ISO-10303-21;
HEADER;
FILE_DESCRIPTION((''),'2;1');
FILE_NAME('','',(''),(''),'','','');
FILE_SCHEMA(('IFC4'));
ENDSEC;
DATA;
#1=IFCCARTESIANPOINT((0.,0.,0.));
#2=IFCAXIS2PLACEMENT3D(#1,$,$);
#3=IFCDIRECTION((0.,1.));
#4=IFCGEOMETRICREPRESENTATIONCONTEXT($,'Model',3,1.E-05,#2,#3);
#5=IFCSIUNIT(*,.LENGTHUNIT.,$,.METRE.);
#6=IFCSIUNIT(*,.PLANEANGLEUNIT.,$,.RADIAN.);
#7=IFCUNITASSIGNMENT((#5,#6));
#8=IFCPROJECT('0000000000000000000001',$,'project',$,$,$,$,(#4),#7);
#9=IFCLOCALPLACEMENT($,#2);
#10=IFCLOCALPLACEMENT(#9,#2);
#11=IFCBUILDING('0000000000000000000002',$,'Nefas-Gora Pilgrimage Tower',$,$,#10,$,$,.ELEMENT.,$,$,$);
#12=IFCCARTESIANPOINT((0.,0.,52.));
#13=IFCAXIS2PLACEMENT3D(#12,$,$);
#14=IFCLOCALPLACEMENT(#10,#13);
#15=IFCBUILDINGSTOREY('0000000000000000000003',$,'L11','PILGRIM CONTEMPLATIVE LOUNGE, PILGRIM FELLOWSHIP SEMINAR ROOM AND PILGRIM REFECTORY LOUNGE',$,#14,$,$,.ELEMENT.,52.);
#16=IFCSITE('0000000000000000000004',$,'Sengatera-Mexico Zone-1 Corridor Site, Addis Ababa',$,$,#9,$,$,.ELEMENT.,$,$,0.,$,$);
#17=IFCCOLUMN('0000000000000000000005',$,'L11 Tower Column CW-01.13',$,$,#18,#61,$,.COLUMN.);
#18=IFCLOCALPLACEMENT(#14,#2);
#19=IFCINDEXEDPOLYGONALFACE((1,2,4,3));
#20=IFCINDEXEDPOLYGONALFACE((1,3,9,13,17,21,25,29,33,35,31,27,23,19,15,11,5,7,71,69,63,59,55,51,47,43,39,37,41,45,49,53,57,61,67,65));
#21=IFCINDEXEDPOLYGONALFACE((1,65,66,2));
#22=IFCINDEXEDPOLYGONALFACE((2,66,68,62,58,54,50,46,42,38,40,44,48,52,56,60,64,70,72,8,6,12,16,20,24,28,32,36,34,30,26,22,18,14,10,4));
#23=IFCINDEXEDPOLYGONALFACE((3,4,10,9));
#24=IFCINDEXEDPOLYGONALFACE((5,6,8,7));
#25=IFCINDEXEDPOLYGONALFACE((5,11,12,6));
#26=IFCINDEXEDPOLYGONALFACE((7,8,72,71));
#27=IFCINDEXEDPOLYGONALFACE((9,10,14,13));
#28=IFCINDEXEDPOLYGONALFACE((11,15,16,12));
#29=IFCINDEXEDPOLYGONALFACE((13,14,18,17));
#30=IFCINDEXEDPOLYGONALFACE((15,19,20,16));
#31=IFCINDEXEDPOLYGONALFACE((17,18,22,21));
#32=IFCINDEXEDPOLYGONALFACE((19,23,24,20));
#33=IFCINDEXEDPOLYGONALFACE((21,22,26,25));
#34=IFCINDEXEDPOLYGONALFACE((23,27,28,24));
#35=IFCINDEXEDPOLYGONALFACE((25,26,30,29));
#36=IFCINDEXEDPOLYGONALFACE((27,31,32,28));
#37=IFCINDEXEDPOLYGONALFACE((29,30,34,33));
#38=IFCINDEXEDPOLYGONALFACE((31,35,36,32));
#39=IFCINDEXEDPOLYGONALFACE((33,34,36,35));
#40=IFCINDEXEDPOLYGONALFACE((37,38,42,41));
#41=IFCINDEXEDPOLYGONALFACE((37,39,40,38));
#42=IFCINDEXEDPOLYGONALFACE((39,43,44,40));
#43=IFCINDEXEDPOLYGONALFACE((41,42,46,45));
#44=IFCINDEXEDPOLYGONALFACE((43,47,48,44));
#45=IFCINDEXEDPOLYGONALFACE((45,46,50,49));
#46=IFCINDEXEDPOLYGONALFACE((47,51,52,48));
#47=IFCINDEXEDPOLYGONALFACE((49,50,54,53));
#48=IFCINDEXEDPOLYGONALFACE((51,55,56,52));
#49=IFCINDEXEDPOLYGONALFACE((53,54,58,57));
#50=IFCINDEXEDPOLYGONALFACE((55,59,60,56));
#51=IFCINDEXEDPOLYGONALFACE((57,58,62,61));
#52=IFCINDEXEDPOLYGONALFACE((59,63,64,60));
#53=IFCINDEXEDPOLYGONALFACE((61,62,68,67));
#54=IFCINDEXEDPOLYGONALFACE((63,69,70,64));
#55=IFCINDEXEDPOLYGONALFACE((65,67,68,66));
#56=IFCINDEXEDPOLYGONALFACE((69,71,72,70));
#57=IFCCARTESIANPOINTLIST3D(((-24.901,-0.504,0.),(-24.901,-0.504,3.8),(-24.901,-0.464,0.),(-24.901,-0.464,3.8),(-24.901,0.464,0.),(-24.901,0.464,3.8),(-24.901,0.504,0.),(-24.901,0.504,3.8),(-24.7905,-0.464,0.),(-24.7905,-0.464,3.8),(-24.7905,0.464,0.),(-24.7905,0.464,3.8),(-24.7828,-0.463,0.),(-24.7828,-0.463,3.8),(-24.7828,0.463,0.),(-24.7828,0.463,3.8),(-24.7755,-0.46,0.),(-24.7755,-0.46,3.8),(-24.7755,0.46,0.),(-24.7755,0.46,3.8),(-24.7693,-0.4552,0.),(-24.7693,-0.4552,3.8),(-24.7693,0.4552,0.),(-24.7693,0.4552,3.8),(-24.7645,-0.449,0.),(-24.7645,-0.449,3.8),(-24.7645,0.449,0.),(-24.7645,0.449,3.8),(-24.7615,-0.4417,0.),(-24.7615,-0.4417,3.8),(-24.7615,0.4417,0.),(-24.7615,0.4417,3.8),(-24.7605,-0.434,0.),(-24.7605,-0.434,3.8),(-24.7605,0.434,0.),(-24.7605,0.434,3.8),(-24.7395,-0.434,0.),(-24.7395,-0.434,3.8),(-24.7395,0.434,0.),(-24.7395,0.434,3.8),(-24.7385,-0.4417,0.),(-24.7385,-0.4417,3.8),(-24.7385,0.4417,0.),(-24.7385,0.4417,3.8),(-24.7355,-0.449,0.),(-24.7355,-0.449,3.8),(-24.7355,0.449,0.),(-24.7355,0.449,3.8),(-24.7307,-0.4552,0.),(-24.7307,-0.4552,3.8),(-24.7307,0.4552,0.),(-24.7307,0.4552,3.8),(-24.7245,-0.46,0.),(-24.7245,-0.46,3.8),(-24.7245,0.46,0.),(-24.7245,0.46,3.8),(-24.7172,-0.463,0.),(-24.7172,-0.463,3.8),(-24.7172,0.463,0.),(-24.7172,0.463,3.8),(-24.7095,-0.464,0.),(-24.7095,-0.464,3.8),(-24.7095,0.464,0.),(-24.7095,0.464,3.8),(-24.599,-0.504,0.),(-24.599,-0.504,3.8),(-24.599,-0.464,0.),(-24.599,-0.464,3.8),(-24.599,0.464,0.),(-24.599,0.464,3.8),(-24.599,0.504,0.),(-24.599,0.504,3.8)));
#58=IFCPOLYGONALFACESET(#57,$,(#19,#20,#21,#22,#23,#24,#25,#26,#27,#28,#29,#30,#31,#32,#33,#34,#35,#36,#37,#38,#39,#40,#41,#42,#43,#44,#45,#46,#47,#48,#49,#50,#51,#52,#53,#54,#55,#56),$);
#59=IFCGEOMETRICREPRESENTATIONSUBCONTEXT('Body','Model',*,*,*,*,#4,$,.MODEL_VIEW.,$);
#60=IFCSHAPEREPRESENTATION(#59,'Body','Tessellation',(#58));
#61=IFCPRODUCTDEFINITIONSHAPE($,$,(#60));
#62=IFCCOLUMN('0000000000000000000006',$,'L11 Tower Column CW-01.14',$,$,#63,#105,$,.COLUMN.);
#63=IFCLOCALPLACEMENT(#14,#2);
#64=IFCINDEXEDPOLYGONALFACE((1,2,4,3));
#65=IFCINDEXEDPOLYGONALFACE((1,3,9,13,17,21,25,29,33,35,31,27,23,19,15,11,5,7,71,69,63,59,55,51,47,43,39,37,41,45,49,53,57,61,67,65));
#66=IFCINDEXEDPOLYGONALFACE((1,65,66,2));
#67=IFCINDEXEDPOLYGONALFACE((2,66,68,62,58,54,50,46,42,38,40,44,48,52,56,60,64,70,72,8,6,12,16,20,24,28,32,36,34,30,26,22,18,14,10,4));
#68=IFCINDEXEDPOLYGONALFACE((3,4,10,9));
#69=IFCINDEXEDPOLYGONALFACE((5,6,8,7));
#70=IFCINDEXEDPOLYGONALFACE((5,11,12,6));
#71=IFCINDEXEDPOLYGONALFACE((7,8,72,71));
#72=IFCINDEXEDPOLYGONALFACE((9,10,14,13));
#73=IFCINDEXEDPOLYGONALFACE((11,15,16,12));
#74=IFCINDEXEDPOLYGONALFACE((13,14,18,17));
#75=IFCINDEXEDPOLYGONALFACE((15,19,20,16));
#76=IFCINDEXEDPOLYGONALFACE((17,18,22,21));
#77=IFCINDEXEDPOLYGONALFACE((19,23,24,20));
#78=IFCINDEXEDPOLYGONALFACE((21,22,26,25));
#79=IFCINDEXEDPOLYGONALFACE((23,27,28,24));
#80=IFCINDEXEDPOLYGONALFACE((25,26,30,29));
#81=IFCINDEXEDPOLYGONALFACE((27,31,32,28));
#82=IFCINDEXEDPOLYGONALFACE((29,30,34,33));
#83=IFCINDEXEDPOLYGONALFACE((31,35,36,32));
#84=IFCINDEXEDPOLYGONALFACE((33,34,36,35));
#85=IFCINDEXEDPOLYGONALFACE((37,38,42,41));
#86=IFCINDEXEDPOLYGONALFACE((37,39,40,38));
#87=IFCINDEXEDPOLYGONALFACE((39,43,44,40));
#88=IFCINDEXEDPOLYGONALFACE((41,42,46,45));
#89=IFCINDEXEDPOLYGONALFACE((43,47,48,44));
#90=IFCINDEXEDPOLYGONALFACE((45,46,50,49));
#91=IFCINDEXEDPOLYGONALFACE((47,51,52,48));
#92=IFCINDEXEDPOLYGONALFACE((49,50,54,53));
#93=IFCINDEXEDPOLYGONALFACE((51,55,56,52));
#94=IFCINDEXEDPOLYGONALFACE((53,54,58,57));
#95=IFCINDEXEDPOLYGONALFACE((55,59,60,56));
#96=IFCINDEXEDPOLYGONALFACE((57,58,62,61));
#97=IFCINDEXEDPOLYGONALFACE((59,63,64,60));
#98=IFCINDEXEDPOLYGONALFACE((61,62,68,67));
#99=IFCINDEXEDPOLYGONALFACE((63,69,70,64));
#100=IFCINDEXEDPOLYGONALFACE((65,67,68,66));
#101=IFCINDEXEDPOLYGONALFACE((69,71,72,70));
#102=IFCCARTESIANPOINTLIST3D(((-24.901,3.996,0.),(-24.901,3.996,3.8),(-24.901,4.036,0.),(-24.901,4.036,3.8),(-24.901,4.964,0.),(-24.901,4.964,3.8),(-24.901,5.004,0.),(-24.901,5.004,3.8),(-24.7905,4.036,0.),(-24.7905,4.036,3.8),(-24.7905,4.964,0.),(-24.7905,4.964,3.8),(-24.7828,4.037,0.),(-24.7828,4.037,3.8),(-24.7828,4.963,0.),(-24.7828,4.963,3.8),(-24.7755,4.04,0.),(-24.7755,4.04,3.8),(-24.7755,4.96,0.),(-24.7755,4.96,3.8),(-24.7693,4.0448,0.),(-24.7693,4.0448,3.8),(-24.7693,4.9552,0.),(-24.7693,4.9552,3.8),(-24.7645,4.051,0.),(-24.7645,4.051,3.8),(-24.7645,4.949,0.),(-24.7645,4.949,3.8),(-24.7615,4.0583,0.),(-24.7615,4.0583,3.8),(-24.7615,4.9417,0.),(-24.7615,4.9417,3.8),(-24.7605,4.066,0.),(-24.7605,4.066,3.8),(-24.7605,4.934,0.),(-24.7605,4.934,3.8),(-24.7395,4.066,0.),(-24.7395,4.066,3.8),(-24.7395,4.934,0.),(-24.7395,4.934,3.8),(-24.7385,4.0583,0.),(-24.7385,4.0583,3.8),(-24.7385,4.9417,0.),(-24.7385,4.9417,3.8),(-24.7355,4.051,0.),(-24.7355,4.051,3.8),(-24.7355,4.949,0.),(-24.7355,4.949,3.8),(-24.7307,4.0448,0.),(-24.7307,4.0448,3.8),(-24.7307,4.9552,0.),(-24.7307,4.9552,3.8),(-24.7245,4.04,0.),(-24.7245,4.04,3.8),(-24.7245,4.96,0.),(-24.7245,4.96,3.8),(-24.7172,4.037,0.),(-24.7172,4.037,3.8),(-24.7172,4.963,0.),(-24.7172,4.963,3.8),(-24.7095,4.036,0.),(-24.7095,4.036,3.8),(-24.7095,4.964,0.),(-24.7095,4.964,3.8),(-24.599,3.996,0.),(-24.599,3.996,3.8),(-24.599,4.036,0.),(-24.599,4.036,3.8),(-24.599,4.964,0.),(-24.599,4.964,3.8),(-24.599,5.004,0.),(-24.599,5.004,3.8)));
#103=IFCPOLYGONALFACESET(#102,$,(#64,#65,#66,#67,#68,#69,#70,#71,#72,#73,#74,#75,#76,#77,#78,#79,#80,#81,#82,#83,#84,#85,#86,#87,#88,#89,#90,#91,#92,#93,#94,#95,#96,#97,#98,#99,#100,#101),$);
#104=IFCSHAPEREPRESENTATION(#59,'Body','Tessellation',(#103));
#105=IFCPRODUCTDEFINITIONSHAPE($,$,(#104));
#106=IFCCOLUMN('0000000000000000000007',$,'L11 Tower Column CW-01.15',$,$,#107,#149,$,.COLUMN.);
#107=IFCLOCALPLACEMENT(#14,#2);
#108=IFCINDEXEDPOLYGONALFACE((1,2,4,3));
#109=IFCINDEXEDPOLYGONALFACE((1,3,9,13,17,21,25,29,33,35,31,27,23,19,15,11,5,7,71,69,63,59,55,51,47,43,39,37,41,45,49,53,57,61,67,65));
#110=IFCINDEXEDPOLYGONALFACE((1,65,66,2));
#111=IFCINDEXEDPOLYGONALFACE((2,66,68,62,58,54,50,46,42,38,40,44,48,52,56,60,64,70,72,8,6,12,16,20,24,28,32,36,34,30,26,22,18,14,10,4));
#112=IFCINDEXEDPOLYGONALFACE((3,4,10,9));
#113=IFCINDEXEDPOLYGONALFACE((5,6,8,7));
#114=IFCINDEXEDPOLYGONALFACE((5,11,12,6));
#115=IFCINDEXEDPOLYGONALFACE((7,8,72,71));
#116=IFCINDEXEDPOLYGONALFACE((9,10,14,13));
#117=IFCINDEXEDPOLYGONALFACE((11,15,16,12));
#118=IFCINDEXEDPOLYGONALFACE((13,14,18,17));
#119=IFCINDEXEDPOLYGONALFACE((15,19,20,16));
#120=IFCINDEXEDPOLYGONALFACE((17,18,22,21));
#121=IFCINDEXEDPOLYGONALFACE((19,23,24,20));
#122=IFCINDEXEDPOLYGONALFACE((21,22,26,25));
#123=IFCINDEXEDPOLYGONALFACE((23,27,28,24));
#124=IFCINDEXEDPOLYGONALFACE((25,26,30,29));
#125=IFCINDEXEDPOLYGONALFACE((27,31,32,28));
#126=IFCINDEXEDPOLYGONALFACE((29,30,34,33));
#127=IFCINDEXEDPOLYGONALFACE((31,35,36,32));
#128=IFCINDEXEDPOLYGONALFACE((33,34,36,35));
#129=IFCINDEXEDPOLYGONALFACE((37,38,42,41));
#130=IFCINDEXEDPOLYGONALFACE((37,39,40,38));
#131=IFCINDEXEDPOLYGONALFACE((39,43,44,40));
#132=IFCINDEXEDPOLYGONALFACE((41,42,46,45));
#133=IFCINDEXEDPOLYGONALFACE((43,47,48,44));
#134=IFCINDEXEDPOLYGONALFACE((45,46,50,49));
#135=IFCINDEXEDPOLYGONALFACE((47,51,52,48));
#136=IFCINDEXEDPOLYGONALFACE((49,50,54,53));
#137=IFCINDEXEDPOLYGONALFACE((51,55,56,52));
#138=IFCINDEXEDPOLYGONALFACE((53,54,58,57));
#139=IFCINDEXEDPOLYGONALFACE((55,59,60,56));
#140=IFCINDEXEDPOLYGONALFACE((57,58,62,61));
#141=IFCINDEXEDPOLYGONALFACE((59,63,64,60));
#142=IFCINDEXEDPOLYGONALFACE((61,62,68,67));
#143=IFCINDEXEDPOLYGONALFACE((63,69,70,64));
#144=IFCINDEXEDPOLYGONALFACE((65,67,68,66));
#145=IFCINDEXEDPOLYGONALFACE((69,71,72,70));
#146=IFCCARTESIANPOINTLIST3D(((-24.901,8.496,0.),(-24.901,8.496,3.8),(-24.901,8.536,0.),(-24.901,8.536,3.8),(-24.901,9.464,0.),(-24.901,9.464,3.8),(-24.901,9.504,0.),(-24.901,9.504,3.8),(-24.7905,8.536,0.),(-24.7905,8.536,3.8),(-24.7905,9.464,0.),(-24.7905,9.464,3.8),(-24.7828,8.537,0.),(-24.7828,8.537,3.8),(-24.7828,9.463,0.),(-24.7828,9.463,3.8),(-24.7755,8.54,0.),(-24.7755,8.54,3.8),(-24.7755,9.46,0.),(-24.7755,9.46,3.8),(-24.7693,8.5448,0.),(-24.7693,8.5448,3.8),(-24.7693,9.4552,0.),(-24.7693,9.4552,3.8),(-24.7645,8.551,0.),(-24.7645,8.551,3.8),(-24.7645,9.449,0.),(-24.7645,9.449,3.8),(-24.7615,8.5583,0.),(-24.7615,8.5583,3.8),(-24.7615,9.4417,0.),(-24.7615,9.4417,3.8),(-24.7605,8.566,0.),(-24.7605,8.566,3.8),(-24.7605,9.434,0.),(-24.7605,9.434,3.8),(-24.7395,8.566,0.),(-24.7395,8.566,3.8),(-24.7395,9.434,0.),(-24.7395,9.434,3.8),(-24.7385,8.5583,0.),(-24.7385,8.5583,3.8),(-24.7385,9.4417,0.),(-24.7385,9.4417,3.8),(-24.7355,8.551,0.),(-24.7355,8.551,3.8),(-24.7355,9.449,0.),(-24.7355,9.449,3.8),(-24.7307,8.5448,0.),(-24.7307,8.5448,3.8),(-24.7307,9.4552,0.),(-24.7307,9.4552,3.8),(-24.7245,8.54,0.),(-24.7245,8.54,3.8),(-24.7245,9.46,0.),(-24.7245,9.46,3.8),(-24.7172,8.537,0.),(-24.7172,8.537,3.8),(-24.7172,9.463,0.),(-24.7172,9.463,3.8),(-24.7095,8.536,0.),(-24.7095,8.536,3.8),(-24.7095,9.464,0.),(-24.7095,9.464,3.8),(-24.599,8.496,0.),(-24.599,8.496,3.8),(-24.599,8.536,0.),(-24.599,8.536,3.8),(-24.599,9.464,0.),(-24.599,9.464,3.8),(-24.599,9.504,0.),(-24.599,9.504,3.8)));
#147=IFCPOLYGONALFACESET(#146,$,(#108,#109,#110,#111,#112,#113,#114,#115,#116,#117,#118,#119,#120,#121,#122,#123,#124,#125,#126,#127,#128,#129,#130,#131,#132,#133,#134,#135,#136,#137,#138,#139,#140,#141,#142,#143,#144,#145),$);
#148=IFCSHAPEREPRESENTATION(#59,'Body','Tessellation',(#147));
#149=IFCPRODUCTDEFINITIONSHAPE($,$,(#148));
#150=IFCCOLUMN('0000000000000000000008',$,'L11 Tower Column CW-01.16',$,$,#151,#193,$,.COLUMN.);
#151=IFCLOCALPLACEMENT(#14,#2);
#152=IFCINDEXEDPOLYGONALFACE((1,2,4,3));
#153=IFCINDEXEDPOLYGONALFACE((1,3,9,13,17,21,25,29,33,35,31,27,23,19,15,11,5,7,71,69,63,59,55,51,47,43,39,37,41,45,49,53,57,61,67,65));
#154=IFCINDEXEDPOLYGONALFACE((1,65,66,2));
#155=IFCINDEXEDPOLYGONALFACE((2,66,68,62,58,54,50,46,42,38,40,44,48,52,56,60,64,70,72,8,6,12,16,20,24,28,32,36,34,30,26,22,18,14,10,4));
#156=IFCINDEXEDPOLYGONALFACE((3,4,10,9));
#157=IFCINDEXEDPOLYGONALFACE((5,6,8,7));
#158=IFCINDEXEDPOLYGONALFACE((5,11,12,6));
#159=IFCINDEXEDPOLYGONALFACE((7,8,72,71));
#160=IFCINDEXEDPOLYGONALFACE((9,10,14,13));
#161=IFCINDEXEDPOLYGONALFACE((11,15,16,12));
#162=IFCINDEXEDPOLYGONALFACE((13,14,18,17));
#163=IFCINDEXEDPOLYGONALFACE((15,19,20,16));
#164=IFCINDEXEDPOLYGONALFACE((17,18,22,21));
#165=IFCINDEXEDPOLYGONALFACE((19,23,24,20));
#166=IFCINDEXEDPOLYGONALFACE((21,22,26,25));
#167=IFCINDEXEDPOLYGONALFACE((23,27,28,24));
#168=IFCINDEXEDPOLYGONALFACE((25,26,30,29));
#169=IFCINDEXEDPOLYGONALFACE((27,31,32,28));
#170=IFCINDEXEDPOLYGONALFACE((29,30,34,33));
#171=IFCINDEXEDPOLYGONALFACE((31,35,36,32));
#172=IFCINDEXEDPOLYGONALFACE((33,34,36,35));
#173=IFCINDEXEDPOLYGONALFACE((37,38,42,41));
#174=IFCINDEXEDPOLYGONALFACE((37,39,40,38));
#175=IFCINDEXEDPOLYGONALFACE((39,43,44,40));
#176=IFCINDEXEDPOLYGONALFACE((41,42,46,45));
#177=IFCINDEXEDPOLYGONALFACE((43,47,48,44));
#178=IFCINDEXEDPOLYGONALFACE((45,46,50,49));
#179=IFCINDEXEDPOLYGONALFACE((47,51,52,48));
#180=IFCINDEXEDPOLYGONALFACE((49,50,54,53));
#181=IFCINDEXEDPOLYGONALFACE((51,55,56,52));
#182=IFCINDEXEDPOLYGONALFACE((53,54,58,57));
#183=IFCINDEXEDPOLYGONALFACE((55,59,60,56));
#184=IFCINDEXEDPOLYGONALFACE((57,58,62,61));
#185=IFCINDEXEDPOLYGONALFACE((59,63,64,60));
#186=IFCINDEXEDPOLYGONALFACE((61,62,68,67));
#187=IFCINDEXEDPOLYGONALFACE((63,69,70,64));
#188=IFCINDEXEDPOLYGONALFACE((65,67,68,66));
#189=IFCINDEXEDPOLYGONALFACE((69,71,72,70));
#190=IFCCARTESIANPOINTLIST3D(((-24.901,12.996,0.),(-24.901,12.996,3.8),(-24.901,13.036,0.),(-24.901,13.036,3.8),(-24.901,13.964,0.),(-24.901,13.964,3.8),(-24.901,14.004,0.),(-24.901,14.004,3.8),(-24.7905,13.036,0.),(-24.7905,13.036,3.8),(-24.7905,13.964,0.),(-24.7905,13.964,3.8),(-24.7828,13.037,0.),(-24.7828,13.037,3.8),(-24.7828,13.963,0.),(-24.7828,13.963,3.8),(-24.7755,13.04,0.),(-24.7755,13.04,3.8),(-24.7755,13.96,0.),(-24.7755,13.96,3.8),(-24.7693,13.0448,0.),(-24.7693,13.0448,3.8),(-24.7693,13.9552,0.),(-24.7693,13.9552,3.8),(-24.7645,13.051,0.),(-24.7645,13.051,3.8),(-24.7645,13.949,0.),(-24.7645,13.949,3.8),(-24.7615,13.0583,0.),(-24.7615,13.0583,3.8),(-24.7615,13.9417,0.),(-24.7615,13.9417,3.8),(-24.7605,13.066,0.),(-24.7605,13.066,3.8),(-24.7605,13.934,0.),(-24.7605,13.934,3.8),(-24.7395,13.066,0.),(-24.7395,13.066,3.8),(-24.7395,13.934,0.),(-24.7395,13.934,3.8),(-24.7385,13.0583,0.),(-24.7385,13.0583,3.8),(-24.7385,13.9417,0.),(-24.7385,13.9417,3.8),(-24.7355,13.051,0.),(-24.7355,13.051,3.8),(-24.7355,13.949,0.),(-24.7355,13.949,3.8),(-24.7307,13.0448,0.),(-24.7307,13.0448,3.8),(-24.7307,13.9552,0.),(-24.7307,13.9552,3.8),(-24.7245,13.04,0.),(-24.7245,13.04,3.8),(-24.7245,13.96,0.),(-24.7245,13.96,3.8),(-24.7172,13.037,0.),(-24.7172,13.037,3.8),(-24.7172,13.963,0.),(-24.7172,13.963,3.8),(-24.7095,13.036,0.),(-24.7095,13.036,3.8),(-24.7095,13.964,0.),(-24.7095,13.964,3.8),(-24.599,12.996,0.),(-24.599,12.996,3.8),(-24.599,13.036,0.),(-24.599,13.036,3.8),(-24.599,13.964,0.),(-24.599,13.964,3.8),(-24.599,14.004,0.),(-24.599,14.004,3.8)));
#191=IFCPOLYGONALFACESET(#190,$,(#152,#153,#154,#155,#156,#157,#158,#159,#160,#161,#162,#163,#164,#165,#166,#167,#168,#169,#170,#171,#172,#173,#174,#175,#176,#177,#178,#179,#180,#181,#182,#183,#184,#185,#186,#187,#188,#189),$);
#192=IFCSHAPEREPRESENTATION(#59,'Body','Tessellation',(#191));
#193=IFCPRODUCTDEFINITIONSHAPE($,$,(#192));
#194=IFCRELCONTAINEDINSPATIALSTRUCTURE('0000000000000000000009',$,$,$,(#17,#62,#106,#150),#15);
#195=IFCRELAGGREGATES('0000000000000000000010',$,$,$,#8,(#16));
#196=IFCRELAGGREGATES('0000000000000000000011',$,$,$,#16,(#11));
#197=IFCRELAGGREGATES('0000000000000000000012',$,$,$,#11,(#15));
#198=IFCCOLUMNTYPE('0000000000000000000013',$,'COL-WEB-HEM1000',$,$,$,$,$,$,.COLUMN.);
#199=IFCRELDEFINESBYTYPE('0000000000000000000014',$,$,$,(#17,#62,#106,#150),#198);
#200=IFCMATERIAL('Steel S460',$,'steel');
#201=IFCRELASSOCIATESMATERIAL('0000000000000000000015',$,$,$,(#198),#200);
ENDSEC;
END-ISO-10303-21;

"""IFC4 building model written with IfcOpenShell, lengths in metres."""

from ifc_helpers import new_model, si_unit, direction, frame, origin, origin_2d, place, context, subcontext, project, spatial, i_section, extrude, source, transform, mapped, material, material_profile, profile_set, type_object, element, save


model = new_model("IFC4")

# Units and contexts
model_context = context("Model", 3, precision=1e-05, world=origin(), true_north=direction((0.0, 1.0)))
body_context = subcontext(model_context, "Body", "Model", "MODEL_VIEW")
ifc_project = project(units=[si_unit("LENGTHUNIT", "METRE"), si_unit("PLANEANGLEUNIT", "RADIAN")], contexts=[model_context])

# Site, building, storey
site_placement = place(None, origin())
site = spatial("IfcSite", under=ifc_project, at=site_placement, Name="Sengatera-Mexico Zone-1 Corridor Site, Addis Ababa", CompositionType="ELEMENT", RefElevation=0.0)
building_placement = place(site_placement, origin())
building = spatial("IfcBuilding", under=site, at=building_placement, Name="Nefas-Gora Pilgrimage Tower", CompositionType="ELEMENT")
storey_placement = place(building_placement, frame((0.0, 0.0, 52.0)))
storey = spatial("IfcBuildingStorey", under=building, at=storey_placement, Name="L11", Description="PILGRIM CONTEMPLATIVE LOUNGE, PILGRIM FELLOWSHIP SEMINAR ROOM AND PILGRIM REFECTORY LOUNGE", CompositionType="ELEMENT", Elevation=52.0)

# Columns
ifc_material_1 = material(Name="Steel S460", Category="steel")
ifc_material_profile_1 = material_profile(ifc_material_1, i_section(OverallWidth=0.302, OverallDepth=1.0081, WebThickness=0.021, FlangeThickness=0.04, FilletRadius=0.03, at=origin_2d()), Name="HEM 1000")
ifc_profile_set_1 = profile_set([ifc_material_profile_1], Name="Steel S460")
column_type_1 = type_object("IfcColumnType", Name="COL-WEB-HEM1000", PredefinedType="COLUMN", material=ifc_profile_set_1)
shared_shape_1 = source(origin(), body_context, "Body", "SweptSolid", [
    extrude(i_section(OverallWidth=0.302, OverallDepth=1.0081, WebThickness=0.021, FlangeThickness=0.04, FilletRadius=0.03, at=origin_2d()), origin(), (0.0, 0.0, 1.0), 3.8),
])
for number, where, z_axis, x_axis, name in (
    (1, (-24.75, 0.0, 0.0), (0.0, 0.0, 1.0), (1.0, 0.0, 0.0), "L11 Tower Column CW-01.13"),
    (2, (-24.75, 4.5, 0.0), (0.0, 0.0, 1.0), (1.0, 0.0, 0.0), "L11 Tower Column CW-01.14"),
    (3, (-24.75, 9.0, 0.0), (0.0, 0.0, 1.0), (1.0, 0.0, 0.0), "L11 Tower Column CW-01.15"),
    (4, (-24.75, 13.5, 0.0), (0.0, 0.0, 1.0), (1.0, 0.0, 0.0), "L11 Tower Column CW-01.16"),
):
    element("IfcColumn", number, at=place(storey_placement, frame(where, z_axis=z_axis, x_axis=x_axis)), inside=storey, type_object=column_type_1, Name=name, PredefinedType="COLUMN", context=body_context, shape_type="MappedRepresentation", body=[
        mapped(shared_shape_1, transform((0.0, 0.0, 0.0), x_axis=(1.0, 0.0, 0.0), y_axis=(0.0, 1.0, 0.0), z_axis=(0.0, 0.0, 1.0), scale=1.0)),
    ])

save(model, "model.ifc")
